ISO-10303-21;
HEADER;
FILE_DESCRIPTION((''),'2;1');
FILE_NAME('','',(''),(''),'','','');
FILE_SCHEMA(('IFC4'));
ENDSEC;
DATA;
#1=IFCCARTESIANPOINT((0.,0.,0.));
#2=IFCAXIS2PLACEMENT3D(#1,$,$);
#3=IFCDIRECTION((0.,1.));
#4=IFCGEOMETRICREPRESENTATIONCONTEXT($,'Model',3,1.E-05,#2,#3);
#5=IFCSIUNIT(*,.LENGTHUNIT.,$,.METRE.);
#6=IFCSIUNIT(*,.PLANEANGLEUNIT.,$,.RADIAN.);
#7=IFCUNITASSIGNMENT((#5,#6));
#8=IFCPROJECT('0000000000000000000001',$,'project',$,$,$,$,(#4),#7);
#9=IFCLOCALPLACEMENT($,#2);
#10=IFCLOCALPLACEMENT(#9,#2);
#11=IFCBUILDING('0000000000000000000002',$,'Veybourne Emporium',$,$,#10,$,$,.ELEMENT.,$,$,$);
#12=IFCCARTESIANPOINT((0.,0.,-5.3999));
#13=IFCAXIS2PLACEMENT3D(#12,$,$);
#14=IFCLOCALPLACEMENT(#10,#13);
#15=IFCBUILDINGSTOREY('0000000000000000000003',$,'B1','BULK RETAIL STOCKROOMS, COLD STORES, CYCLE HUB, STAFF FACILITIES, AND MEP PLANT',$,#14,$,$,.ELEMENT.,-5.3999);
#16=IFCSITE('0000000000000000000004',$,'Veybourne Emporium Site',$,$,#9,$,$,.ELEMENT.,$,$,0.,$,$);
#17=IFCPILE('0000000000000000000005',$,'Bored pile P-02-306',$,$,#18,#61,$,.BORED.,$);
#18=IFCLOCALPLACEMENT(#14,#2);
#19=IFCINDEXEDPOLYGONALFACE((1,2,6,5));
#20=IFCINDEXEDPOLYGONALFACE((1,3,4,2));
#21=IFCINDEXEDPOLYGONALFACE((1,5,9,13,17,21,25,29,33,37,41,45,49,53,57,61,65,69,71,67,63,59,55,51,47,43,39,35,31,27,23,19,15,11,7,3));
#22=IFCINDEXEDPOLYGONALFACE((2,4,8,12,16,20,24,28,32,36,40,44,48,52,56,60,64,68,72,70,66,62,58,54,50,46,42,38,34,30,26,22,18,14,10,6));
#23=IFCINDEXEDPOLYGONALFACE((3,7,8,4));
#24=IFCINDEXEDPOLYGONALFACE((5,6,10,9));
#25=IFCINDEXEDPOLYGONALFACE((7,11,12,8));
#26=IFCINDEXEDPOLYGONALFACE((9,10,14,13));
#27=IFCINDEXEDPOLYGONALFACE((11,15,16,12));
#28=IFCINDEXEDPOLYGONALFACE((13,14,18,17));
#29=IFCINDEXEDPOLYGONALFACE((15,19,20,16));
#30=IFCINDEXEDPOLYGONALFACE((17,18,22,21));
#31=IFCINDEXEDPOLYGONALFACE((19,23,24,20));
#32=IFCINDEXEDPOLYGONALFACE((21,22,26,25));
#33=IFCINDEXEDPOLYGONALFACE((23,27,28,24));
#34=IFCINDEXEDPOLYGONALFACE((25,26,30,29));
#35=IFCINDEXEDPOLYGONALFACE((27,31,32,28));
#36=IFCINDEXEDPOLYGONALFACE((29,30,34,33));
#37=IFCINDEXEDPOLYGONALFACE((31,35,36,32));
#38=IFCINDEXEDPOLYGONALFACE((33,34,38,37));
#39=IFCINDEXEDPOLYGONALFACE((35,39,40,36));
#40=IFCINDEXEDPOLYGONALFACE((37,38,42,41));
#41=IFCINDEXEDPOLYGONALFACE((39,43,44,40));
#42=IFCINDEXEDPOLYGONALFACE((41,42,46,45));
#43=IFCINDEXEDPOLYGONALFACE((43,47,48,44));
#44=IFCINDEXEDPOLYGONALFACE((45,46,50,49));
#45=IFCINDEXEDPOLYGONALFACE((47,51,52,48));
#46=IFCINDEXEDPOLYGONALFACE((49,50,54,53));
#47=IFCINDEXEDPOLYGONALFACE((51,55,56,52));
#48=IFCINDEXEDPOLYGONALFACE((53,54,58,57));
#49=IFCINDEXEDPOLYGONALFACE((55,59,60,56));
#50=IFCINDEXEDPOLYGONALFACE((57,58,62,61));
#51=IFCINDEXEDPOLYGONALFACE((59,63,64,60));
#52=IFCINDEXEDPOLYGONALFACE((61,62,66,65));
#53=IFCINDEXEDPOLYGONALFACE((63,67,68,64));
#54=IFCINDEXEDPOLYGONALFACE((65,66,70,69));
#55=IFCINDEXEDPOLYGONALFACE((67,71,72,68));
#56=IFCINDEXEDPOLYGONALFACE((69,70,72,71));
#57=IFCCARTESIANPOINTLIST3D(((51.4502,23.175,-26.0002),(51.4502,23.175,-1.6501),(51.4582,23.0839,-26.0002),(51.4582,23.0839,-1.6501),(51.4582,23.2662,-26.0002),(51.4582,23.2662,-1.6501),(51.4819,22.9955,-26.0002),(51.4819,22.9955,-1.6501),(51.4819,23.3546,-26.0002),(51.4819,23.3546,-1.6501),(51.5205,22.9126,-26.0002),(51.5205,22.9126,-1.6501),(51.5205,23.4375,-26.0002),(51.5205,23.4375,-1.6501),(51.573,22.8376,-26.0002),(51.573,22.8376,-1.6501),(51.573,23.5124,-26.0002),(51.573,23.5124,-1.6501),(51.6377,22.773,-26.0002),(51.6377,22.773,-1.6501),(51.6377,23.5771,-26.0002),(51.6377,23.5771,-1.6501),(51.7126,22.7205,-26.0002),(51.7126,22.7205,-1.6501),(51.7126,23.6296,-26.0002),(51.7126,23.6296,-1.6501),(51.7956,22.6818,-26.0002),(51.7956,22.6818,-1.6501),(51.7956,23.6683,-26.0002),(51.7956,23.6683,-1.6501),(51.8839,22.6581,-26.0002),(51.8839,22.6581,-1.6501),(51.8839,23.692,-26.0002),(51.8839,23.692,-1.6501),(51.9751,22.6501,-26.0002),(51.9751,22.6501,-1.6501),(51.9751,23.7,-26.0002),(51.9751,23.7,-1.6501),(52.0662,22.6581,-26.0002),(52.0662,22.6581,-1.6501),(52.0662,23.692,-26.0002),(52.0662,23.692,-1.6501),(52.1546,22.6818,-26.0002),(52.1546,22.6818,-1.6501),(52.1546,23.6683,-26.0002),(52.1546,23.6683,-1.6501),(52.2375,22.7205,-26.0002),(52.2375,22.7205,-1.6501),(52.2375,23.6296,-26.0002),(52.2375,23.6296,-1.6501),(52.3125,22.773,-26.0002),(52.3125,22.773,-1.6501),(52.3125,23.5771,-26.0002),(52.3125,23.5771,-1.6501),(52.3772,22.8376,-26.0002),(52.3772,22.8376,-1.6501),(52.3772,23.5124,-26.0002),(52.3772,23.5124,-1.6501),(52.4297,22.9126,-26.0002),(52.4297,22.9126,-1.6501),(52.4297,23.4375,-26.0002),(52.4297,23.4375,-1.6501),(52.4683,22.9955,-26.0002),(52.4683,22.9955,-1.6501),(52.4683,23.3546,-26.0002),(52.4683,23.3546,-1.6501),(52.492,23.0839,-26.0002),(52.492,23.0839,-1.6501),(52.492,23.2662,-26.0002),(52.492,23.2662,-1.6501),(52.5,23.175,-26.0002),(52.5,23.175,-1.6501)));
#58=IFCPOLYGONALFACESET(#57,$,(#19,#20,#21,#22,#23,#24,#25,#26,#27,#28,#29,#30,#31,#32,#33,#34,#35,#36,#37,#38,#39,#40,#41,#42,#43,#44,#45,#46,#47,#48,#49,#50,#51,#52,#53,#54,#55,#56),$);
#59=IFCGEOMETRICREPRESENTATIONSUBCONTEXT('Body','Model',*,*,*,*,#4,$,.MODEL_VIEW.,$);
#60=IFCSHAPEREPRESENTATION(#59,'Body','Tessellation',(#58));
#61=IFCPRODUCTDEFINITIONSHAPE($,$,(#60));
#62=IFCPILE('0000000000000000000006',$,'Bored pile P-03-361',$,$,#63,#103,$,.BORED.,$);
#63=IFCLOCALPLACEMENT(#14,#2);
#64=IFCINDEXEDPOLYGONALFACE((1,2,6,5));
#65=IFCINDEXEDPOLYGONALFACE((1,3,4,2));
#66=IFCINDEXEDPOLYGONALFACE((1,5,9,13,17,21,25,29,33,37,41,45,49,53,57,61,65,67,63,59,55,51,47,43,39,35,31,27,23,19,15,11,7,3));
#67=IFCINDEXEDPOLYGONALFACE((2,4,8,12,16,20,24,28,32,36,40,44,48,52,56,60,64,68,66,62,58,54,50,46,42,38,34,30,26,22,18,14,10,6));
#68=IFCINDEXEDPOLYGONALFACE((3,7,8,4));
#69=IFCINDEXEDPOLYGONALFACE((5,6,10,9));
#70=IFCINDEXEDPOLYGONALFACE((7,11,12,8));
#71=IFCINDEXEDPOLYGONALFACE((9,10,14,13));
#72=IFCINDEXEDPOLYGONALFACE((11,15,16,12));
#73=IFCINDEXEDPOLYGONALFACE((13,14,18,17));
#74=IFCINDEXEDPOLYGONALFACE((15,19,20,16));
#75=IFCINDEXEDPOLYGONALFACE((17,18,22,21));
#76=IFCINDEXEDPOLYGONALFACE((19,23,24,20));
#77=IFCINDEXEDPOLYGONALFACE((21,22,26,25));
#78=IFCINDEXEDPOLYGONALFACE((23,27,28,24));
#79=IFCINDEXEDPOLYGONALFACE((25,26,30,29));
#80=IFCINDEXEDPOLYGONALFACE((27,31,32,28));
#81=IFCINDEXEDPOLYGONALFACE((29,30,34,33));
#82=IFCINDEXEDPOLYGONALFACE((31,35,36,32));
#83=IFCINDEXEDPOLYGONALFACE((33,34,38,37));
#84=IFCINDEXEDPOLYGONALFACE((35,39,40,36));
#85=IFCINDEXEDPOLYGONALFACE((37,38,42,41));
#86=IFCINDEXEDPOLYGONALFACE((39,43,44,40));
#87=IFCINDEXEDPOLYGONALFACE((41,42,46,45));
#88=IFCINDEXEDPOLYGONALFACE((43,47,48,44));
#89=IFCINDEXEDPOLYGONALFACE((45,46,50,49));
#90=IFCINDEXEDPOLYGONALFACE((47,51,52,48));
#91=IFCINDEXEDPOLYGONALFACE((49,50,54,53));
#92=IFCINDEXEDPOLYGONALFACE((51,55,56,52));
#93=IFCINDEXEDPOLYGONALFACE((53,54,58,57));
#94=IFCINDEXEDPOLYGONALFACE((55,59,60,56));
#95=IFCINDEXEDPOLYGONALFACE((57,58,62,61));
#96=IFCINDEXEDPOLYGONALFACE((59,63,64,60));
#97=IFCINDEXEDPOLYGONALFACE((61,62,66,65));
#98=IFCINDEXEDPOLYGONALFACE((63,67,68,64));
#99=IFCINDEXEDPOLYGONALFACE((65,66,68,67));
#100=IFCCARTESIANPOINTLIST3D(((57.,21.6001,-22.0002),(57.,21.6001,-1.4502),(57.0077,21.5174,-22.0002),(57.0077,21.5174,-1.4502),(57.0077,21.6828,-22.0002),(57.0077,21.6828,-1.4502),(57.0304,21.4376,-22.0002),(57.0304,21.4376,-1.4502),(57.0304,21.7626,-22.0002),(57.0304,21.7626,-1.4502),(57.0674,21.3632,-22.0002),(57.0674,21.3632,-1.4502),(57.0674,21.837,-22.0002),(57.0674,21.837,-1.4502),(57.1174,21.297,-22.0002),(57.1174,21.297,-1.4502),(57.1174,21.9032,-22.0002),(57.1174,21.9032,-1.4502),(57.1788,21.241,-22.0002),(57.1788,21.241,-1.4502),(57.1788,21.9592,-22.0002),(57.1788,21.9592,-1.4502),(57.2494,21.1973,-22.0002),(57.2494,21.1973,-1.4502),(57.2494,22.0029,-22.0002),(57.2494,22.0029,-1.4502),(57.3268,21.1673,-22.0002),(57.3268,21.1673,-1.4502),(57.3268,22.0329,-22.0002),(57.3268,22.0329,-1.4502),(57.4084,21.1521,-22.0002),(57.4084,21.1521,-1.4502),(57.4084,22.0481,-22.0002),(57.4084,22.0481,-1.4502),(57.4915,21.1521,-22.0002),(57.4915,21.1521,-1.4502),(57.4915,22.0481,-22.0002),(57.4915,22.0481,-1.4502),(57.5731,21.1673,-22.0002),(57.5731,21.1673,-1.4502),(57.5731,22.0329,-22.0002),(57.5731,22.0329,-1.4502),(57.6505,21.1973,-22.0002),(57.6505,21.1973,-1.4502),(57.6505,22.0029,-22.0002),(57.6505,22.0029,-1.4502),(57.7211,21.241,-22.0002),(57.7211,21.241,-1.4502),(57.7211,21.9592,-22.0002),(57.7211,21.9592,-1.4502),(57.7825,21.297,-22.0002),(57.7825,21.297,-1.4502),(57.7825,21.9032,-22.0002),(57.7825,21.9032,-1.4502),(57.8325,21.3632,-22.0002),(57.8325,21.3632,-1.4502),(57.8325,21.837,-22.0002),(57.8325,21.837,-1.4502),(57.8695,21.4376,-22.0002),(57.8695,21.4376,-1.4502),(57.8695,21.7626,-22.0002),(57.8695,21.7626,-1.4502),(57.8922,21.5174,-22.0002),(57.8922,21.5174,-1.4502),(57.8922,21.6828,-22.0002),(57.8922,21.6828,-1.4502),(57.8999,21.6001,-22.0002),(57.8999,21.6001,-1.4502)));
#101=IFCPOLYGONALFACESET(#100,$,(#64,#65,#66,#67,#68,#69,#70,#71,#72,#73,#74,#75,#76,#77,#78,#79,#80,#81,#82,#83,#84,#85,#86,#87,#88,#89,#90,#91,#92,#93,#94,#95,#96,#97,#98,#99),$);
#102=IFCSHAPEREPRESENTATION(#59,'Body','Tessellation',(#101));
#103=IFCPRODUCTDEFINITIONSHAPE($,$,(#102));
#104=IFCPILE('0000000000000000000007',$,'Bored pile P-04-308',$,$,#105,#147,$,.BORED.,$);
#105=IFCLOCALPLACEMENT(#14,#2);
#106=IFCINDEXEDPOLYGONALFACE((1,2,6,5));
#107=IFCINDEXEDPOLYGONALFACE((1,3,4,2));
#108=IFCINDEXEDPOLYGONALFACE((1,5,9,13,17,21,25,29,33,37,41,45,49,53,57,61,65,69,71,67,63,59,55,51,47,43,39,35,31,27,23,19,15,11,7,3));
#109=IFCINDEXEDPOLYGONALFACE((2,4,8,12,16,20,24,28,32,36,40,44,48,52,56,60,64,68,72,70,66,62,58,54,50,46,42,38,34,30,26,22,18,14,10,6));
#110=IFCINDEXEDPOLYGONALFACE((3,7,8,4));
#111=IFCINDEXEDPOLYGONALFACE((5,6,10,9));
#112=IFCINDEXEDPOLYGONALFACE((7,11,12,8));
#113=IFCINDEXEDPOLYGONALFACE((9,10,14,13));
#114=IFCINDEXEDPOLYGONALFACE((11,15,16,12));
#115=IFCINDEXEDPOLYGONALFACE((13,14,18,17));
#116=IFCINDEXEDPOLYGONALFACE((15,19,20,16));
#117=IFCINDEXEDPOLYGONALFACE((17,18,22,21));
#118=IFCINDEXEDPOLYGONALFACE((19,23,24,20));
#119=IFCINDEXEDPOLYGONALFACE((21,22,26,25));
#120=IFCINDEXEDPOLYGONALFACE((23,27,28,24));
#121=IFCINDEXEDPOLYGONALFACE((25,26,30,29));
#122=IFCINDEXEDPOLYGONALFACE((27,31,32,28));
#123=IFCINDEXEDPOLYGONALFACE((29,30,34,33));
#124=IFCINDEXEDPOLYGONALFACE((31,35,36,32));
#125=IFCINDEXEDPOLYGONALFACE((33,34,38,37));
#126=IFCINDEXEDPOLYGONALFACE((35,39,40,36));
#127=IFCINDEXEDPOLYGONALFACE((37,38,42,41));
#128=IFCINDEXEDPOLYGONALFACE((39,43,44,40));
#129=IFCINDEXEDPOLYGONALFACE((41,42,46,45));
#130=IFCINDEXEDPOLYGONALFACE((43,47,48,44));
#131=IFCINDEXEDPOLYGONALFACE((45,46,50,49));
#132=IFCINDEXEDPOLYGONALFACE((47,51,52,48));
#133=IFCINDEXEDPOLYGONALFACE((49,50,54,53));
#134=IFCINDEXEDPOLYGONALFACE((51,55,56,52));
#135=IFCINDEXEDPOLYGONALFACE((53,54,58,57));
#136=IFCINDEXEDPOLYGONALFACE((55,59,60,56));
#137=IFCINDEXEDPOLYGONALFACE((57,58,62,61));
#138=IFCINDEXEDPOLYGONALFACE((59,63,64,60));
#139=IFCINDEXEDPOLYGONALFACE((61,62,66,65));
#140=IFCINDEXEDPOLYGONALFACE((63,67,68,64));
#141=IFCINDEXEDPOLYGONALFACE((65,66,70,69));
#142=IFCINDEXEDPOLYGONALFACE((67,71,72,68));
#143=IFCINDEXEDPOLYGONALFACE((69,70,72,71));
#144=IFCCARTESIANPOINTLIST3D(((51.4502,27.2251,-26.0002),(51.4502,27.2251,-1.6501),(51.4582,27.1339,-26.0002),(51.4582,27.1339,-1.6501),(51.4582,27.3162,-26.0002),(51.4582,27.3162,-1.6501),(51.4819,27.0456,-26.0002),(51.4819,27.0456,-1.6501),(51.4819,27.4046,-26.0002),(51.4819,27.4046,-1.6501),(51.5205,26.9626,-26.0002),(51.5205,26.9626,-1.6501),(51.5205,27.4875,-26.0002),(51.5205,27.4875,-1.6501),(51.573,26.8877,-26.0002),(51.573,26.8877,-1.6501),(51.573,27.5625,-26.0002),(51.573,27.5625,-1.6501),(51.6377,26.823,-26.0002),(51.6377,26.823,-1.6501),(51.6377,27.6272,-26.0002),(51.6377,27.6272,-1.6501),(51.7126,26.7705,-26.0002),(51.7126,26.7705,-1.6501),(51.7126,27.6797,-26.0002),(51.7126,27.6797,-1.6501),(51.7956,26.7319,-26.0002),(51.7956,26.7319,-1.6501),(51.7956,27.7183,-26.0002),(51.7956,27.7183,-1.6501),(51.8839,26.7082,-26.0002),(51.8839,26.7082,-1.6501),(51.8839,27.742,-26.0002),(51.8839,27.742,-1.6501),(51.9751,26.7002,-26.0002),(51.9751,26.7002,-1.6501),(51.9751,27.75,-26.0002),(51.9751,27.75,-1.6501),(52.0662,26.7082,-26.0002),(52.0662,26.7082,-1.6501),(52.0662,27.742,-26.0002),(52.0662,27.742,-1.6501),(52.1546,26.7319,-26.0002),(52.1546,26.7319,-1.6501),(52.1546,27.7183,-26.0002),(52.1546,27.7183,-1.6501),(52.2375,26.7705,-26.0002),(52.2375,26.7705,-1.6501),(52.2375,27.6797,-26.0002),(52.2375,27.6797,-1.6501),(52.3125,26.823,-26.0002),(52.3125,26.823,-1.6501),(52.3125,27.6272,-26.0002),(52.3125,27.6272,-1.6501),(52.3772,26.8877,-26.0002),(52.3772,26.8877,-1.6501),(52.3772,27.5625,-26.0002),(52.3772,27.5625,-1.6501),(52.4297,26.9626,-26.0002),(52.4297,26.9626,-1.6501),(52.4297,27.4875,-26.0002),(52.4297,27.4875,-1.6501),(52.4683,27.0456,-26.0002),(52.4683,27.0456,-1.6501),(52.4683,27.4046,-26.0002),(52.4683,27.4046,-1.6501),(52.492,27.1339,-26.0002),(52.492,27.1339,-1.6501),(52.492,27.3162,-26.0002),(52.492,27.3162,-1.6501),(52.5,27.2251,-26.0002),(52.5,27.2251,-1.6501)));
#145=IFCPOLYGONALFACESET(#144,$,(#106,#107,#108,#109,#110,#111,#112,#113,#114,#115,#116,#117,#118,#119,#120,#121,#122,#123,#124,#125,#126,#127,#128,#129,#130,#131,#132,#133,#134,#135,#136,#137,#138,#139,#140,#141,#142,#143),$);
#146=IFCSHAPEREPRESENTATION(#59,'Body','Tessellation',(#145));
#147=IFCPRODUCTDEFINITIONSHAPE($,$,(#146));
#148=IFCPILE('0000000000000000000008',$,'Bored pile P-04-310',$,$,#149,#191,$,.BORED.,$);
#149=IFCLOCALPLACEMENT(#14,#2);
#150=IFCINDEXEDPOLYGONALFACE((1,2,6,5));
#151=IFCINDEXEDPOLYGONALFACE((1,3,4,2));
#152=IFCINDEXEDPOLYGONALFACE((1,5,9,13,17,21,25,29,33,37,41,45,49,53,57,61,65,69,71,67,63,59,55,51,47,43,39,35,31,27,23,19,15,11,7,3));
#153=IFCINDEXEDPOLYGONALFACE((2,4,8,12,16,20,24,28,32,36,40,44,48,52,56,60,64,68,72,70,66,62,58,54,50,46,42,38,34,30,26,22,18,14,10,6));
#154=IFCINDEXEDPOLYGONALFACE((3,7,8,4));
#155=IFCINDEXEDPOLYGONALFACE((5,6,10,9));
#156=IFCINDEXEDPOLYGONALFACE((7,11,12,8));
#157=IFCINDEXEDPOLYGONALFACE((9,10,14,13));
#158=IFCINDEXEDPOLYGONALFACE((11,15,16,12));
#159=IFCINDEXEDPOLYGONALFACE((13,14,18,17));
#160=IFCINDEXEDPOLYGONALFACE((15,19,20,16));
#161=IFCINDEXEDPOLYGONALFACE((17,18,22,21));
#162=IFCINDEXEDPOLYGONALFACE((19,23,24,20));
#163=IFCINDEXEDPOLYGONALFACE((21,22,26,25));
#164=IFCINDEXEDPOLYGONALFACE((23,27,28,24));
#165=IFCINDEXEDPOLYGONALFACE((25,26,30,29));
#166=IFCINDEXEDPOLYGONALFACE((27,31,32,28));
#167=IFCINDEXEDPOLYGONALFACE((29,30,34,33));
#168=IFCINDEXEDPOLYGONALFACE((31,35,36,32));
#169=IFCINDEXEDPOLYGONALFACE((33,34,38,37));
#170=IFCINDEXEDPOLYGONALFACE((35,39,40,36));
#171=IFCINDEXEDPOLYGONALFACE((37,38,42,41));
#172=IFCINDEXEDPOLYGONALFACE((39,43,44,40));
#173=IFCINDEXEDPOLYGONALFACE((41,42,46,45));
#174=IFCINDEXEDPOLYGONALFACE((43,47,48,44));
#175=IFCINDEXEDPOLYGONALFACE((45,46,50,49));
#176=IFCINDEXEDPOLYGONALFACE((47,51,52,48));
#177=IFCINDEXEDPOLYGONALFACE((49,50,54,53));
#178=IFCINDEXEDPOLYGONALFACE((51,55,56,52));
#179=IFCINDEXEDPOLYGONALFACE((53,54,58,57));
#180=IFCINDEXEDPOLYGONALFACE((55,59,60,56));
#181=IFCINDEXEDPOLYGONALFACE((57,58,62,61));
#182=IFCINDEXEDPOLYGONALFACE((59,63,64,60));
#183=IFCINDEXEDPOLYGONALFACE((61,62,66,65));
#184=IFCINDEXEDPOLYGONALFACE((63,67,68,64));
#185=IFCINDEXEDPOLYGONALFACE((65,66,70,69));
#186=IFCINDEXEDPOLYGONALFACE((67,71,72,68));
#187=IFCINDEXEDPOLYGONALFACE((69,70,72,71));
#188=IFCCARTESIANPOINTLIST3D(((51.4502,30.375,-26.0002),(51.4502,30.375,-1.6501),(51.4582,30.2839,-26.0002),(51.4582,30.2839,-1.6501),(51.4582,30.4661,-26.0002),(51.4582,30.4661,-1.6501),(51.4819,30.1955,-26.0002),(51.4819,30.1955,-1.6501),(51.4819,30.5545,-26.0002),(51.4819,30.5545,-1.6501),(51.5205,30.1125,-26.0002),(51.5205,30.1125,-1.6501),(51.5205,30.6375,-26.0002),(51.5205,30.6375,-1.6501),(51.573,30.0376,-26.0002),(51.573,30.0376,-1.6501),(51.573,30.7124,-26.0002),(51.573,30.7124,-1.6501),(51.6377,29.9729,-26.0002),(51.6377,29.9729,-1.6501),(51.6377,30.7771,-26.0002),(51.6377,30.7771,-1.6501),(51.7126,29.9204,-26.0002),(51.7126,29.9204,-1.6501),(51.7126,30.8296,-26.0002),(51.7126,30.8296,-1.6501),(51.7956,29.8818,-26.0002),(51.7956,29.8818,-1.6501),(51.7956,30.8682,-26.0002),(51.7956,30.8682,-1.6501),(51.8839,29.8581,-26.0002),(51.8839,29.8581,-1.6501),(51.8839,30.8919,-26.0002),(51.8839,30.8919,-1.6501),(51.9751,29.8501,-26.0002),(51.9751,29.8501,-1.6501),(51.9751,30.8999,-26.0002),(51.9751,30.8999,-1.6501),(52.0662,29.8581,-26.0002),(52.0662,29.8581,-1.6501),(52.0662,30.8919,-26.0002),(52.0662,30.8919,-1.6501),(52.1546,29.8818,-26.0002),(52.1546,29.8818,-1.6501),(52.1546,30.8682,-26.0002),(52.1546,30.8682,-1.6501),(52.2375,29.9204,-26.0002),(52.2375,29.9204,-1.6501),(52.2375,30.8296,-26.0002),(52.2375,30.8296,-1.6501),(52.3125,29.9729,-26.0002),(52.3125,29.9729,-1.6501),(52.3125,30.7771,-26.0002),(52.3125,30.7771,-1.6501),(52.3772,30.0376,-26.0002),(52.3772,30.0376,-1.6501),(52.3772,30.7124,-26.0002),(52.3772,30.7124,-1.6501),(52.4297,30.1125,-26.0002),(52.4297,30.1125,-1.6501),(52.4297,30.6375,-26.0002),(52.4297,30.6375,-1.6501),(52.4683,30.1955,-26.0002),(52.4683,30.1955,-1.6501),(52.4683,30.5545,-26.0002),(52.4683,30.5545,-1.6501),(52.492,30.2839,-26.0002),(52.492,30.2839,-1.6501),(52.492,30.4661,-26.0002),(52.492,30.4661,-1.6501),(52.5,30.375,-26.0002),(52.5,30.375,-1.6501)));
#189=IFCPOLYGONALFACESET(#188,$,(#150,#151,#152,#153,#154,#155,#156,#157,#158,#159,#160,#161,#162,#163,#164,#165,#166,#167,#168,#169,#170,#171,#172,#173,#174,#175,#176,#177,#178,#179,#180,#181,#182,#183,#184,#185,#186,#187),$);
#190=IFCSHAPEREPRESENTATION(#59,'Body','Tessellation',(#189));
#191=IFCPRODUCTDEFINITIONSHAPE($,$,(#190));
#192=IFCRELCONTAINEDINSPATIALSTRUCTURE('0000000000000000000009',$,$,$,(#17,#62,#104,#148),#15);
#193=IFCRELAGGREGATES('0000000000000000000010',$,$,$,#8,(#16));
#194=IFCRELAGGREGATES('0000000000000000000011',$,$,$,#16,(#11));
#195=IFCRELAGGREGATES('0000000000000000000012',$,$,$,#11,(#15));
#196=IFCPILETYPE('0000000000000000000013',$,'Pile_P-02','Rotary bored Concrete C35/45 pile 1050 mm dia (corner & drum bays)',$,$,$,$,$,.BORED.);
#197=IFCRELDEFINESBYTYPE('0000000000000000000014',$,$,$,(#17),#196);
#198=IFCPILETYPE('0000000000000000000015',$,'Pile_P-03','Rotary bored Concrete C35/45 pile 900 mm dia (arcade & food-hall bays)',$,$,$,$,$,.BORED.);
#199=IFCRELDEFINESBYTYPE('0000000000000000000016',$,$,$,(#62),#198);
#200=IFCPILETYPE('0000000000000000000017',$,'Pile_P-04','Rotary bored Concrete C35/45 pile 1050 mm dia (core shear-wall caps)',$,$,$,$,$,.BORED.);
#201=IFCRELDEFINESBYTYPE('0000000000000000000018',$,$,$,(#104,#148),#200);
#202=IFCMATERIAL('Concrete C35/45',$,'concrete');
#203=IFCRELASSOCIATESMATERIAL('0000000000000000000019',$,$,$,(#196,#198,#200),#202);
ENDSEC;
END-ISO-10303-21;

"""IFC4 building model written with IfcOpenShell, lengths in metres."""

from ifc_helpers import new_model, si_unit, direction, frame, origin, origin_2d, place, context, subcontext, project, spatial, circle, extrude, material, material_profile, profile_set, type_object, element, save


model = new_model("IFC4")

# Units and contexts
model_context = context("Model", 3, precision=1e-05, world=origin(), true_north=direction((0.0, 1.0)))
body_context = subcontext(model_context, "Body", "Model", "MODEL_VIEW")
ifc_project = project(units=[si_unit("LENGTHUNIT", "METRE"), si_unit("PLANEANGLEUNIT", "RADIAN")], contexts=[model_context])

# Site, building, storey
site_placement = place(None, origin())
site = spatial("IfcSite", under=ifc_project, at=site_placement, Name="Veybourne Emporium Site", CompositionType="ELEMENT", RefElevation=0.0)
building_placement = place(site_placement, origin())
building = spatial("IfcBuilding", under=site, at=building_placement, Name="Veybourne Emporium", CompositionType="ELEMENT")
storey_placement = place(building_placement, frame((0.0, 0.0, -5.3999)))
storey = spatial("IfcBuildingStorey", under=building, at=storey_placement, Name="B1", Description="BULK RETAIL STOCKROOMS, COLD STORES, CYCLE HUB, STAFF FACILITIES, AND MEP PLANT", CompositionType="ELEMENT", Elevation=-5.3999)

# Shared definitions
ifc_material_1 = material(Name="Concrete C35/45", Category="concrete")

# Piles
ifc_material_profile_1 = material_profile(ifc_material_1, circle(Radius=0.5249, at=origin_2d()), Name="BORED PILE 1050")
ifc_profile_set_1 = profile_set([ifc_material_profile_1], Name="Concrete C35/45")
pile_type_1 = type_object("IfcPileType", Name="Pile_P-02", Description="Rotary bored Concrete C35/45 pile 1050 mm dia (corner & drum bays)", PredefinedType="BORED", material=ifc_profile_set_1)
pile_1_placement = place(storey_placement, frame((51.9751, 23.175, -1.6501), z_axis=(0.0, 0.0, -1.0), x_axis=(1.0, 0.0, 0.0)))
element("IfcPile", 1, at=pile_1_placement, inside=storey, type_object=pile_type_1, Name="Bored pile P-02-306", PredefinedType="BORED", context=body_context, shape_type="SweptSolid", body=[
    extrude(circle(Radius=0.5249, at=origin_2d()), origin(), (0.0, 0.0, 1.0), 24.3501),
])
ifc_material_profile_2 = material_profile(ifc_material_1, circle(Radius=0.45, at=origin_2d()), Name="BORED PILE 900")
ifc_profile_set_2 = profile_set([ifc_material_profile_2], Name="Concrete C35/45")
pile_type_2 = type_object("IfcPileType", Name="Pile_P-03", Description="Rotary bored Concrete C35/45 pile 900 mm dia (arcade & food-hall bays)", PredefinedType="BORED", material=ifc_profile_set_2)
pile_2_placement = place(storey_placement, frame((57.45, 21.6001, -1.4502), z_axis=(0.0, 0.0, -1.0), x_axis=(1.0, 0.0, 0.0)))
element("IfcPile", 2, at=pile_2_placement, inside=storey, type_object=pile_type_2, Name="Bored pile P-03-361", PredefinedType="BORED", context=body_context, shape_type="SweptSolid", body=[
    extrude(circle(Radius=0.45, at=origin_2d()), origin(), (0.0, 0.0, 1.0), 20.55),
])
ifc_material_profile_3 = material_profile(ifc_material_1, circle(Radius=0.5249, at=origin_2d()), Name="BORED PILE 1050")
ifc_profile_set_3 = profile_set([ifc_material_profile_3], Name="Concrete C35/45")
pile_type_3 = type_object("IfcPileType", Name="Pile_P-04", Description="Rotary bored Concrete C35/45 pile 1050 mm dia (core shear-wall caps)", PredefinedType="BORED", material=ifc_profile_set_3)
for number, where, z_axis, x_axis, name in (
    (3, (51.9751, 27.2251, -1.6501), (0.0, 0.0, -1.0), (1.0, 0.0, 0.0), "Bored pile P-04-308"),
    (4, (51.9751, 30.375, -1.6501), (0.0, 0.0, -1.0), (1.0, 0.0, 0.0), "Bored pile P-04-310"),
):
    element("IfcPile", number, at=place(storey_placement, frame(where, z_axis=z_axis, x_axis=x_axis)), inside=storey, type_object=pile_type_3, Name=name, PredefinedType="BORED", context=body_context, shape_type="SweptSolid", body=[
        extrude(circle(Radius=0.5249, at=origin_2d()), origin(), (0.0, 0.0, 1.0), 24.3501),
    ])

save(model, "model.ifc")
